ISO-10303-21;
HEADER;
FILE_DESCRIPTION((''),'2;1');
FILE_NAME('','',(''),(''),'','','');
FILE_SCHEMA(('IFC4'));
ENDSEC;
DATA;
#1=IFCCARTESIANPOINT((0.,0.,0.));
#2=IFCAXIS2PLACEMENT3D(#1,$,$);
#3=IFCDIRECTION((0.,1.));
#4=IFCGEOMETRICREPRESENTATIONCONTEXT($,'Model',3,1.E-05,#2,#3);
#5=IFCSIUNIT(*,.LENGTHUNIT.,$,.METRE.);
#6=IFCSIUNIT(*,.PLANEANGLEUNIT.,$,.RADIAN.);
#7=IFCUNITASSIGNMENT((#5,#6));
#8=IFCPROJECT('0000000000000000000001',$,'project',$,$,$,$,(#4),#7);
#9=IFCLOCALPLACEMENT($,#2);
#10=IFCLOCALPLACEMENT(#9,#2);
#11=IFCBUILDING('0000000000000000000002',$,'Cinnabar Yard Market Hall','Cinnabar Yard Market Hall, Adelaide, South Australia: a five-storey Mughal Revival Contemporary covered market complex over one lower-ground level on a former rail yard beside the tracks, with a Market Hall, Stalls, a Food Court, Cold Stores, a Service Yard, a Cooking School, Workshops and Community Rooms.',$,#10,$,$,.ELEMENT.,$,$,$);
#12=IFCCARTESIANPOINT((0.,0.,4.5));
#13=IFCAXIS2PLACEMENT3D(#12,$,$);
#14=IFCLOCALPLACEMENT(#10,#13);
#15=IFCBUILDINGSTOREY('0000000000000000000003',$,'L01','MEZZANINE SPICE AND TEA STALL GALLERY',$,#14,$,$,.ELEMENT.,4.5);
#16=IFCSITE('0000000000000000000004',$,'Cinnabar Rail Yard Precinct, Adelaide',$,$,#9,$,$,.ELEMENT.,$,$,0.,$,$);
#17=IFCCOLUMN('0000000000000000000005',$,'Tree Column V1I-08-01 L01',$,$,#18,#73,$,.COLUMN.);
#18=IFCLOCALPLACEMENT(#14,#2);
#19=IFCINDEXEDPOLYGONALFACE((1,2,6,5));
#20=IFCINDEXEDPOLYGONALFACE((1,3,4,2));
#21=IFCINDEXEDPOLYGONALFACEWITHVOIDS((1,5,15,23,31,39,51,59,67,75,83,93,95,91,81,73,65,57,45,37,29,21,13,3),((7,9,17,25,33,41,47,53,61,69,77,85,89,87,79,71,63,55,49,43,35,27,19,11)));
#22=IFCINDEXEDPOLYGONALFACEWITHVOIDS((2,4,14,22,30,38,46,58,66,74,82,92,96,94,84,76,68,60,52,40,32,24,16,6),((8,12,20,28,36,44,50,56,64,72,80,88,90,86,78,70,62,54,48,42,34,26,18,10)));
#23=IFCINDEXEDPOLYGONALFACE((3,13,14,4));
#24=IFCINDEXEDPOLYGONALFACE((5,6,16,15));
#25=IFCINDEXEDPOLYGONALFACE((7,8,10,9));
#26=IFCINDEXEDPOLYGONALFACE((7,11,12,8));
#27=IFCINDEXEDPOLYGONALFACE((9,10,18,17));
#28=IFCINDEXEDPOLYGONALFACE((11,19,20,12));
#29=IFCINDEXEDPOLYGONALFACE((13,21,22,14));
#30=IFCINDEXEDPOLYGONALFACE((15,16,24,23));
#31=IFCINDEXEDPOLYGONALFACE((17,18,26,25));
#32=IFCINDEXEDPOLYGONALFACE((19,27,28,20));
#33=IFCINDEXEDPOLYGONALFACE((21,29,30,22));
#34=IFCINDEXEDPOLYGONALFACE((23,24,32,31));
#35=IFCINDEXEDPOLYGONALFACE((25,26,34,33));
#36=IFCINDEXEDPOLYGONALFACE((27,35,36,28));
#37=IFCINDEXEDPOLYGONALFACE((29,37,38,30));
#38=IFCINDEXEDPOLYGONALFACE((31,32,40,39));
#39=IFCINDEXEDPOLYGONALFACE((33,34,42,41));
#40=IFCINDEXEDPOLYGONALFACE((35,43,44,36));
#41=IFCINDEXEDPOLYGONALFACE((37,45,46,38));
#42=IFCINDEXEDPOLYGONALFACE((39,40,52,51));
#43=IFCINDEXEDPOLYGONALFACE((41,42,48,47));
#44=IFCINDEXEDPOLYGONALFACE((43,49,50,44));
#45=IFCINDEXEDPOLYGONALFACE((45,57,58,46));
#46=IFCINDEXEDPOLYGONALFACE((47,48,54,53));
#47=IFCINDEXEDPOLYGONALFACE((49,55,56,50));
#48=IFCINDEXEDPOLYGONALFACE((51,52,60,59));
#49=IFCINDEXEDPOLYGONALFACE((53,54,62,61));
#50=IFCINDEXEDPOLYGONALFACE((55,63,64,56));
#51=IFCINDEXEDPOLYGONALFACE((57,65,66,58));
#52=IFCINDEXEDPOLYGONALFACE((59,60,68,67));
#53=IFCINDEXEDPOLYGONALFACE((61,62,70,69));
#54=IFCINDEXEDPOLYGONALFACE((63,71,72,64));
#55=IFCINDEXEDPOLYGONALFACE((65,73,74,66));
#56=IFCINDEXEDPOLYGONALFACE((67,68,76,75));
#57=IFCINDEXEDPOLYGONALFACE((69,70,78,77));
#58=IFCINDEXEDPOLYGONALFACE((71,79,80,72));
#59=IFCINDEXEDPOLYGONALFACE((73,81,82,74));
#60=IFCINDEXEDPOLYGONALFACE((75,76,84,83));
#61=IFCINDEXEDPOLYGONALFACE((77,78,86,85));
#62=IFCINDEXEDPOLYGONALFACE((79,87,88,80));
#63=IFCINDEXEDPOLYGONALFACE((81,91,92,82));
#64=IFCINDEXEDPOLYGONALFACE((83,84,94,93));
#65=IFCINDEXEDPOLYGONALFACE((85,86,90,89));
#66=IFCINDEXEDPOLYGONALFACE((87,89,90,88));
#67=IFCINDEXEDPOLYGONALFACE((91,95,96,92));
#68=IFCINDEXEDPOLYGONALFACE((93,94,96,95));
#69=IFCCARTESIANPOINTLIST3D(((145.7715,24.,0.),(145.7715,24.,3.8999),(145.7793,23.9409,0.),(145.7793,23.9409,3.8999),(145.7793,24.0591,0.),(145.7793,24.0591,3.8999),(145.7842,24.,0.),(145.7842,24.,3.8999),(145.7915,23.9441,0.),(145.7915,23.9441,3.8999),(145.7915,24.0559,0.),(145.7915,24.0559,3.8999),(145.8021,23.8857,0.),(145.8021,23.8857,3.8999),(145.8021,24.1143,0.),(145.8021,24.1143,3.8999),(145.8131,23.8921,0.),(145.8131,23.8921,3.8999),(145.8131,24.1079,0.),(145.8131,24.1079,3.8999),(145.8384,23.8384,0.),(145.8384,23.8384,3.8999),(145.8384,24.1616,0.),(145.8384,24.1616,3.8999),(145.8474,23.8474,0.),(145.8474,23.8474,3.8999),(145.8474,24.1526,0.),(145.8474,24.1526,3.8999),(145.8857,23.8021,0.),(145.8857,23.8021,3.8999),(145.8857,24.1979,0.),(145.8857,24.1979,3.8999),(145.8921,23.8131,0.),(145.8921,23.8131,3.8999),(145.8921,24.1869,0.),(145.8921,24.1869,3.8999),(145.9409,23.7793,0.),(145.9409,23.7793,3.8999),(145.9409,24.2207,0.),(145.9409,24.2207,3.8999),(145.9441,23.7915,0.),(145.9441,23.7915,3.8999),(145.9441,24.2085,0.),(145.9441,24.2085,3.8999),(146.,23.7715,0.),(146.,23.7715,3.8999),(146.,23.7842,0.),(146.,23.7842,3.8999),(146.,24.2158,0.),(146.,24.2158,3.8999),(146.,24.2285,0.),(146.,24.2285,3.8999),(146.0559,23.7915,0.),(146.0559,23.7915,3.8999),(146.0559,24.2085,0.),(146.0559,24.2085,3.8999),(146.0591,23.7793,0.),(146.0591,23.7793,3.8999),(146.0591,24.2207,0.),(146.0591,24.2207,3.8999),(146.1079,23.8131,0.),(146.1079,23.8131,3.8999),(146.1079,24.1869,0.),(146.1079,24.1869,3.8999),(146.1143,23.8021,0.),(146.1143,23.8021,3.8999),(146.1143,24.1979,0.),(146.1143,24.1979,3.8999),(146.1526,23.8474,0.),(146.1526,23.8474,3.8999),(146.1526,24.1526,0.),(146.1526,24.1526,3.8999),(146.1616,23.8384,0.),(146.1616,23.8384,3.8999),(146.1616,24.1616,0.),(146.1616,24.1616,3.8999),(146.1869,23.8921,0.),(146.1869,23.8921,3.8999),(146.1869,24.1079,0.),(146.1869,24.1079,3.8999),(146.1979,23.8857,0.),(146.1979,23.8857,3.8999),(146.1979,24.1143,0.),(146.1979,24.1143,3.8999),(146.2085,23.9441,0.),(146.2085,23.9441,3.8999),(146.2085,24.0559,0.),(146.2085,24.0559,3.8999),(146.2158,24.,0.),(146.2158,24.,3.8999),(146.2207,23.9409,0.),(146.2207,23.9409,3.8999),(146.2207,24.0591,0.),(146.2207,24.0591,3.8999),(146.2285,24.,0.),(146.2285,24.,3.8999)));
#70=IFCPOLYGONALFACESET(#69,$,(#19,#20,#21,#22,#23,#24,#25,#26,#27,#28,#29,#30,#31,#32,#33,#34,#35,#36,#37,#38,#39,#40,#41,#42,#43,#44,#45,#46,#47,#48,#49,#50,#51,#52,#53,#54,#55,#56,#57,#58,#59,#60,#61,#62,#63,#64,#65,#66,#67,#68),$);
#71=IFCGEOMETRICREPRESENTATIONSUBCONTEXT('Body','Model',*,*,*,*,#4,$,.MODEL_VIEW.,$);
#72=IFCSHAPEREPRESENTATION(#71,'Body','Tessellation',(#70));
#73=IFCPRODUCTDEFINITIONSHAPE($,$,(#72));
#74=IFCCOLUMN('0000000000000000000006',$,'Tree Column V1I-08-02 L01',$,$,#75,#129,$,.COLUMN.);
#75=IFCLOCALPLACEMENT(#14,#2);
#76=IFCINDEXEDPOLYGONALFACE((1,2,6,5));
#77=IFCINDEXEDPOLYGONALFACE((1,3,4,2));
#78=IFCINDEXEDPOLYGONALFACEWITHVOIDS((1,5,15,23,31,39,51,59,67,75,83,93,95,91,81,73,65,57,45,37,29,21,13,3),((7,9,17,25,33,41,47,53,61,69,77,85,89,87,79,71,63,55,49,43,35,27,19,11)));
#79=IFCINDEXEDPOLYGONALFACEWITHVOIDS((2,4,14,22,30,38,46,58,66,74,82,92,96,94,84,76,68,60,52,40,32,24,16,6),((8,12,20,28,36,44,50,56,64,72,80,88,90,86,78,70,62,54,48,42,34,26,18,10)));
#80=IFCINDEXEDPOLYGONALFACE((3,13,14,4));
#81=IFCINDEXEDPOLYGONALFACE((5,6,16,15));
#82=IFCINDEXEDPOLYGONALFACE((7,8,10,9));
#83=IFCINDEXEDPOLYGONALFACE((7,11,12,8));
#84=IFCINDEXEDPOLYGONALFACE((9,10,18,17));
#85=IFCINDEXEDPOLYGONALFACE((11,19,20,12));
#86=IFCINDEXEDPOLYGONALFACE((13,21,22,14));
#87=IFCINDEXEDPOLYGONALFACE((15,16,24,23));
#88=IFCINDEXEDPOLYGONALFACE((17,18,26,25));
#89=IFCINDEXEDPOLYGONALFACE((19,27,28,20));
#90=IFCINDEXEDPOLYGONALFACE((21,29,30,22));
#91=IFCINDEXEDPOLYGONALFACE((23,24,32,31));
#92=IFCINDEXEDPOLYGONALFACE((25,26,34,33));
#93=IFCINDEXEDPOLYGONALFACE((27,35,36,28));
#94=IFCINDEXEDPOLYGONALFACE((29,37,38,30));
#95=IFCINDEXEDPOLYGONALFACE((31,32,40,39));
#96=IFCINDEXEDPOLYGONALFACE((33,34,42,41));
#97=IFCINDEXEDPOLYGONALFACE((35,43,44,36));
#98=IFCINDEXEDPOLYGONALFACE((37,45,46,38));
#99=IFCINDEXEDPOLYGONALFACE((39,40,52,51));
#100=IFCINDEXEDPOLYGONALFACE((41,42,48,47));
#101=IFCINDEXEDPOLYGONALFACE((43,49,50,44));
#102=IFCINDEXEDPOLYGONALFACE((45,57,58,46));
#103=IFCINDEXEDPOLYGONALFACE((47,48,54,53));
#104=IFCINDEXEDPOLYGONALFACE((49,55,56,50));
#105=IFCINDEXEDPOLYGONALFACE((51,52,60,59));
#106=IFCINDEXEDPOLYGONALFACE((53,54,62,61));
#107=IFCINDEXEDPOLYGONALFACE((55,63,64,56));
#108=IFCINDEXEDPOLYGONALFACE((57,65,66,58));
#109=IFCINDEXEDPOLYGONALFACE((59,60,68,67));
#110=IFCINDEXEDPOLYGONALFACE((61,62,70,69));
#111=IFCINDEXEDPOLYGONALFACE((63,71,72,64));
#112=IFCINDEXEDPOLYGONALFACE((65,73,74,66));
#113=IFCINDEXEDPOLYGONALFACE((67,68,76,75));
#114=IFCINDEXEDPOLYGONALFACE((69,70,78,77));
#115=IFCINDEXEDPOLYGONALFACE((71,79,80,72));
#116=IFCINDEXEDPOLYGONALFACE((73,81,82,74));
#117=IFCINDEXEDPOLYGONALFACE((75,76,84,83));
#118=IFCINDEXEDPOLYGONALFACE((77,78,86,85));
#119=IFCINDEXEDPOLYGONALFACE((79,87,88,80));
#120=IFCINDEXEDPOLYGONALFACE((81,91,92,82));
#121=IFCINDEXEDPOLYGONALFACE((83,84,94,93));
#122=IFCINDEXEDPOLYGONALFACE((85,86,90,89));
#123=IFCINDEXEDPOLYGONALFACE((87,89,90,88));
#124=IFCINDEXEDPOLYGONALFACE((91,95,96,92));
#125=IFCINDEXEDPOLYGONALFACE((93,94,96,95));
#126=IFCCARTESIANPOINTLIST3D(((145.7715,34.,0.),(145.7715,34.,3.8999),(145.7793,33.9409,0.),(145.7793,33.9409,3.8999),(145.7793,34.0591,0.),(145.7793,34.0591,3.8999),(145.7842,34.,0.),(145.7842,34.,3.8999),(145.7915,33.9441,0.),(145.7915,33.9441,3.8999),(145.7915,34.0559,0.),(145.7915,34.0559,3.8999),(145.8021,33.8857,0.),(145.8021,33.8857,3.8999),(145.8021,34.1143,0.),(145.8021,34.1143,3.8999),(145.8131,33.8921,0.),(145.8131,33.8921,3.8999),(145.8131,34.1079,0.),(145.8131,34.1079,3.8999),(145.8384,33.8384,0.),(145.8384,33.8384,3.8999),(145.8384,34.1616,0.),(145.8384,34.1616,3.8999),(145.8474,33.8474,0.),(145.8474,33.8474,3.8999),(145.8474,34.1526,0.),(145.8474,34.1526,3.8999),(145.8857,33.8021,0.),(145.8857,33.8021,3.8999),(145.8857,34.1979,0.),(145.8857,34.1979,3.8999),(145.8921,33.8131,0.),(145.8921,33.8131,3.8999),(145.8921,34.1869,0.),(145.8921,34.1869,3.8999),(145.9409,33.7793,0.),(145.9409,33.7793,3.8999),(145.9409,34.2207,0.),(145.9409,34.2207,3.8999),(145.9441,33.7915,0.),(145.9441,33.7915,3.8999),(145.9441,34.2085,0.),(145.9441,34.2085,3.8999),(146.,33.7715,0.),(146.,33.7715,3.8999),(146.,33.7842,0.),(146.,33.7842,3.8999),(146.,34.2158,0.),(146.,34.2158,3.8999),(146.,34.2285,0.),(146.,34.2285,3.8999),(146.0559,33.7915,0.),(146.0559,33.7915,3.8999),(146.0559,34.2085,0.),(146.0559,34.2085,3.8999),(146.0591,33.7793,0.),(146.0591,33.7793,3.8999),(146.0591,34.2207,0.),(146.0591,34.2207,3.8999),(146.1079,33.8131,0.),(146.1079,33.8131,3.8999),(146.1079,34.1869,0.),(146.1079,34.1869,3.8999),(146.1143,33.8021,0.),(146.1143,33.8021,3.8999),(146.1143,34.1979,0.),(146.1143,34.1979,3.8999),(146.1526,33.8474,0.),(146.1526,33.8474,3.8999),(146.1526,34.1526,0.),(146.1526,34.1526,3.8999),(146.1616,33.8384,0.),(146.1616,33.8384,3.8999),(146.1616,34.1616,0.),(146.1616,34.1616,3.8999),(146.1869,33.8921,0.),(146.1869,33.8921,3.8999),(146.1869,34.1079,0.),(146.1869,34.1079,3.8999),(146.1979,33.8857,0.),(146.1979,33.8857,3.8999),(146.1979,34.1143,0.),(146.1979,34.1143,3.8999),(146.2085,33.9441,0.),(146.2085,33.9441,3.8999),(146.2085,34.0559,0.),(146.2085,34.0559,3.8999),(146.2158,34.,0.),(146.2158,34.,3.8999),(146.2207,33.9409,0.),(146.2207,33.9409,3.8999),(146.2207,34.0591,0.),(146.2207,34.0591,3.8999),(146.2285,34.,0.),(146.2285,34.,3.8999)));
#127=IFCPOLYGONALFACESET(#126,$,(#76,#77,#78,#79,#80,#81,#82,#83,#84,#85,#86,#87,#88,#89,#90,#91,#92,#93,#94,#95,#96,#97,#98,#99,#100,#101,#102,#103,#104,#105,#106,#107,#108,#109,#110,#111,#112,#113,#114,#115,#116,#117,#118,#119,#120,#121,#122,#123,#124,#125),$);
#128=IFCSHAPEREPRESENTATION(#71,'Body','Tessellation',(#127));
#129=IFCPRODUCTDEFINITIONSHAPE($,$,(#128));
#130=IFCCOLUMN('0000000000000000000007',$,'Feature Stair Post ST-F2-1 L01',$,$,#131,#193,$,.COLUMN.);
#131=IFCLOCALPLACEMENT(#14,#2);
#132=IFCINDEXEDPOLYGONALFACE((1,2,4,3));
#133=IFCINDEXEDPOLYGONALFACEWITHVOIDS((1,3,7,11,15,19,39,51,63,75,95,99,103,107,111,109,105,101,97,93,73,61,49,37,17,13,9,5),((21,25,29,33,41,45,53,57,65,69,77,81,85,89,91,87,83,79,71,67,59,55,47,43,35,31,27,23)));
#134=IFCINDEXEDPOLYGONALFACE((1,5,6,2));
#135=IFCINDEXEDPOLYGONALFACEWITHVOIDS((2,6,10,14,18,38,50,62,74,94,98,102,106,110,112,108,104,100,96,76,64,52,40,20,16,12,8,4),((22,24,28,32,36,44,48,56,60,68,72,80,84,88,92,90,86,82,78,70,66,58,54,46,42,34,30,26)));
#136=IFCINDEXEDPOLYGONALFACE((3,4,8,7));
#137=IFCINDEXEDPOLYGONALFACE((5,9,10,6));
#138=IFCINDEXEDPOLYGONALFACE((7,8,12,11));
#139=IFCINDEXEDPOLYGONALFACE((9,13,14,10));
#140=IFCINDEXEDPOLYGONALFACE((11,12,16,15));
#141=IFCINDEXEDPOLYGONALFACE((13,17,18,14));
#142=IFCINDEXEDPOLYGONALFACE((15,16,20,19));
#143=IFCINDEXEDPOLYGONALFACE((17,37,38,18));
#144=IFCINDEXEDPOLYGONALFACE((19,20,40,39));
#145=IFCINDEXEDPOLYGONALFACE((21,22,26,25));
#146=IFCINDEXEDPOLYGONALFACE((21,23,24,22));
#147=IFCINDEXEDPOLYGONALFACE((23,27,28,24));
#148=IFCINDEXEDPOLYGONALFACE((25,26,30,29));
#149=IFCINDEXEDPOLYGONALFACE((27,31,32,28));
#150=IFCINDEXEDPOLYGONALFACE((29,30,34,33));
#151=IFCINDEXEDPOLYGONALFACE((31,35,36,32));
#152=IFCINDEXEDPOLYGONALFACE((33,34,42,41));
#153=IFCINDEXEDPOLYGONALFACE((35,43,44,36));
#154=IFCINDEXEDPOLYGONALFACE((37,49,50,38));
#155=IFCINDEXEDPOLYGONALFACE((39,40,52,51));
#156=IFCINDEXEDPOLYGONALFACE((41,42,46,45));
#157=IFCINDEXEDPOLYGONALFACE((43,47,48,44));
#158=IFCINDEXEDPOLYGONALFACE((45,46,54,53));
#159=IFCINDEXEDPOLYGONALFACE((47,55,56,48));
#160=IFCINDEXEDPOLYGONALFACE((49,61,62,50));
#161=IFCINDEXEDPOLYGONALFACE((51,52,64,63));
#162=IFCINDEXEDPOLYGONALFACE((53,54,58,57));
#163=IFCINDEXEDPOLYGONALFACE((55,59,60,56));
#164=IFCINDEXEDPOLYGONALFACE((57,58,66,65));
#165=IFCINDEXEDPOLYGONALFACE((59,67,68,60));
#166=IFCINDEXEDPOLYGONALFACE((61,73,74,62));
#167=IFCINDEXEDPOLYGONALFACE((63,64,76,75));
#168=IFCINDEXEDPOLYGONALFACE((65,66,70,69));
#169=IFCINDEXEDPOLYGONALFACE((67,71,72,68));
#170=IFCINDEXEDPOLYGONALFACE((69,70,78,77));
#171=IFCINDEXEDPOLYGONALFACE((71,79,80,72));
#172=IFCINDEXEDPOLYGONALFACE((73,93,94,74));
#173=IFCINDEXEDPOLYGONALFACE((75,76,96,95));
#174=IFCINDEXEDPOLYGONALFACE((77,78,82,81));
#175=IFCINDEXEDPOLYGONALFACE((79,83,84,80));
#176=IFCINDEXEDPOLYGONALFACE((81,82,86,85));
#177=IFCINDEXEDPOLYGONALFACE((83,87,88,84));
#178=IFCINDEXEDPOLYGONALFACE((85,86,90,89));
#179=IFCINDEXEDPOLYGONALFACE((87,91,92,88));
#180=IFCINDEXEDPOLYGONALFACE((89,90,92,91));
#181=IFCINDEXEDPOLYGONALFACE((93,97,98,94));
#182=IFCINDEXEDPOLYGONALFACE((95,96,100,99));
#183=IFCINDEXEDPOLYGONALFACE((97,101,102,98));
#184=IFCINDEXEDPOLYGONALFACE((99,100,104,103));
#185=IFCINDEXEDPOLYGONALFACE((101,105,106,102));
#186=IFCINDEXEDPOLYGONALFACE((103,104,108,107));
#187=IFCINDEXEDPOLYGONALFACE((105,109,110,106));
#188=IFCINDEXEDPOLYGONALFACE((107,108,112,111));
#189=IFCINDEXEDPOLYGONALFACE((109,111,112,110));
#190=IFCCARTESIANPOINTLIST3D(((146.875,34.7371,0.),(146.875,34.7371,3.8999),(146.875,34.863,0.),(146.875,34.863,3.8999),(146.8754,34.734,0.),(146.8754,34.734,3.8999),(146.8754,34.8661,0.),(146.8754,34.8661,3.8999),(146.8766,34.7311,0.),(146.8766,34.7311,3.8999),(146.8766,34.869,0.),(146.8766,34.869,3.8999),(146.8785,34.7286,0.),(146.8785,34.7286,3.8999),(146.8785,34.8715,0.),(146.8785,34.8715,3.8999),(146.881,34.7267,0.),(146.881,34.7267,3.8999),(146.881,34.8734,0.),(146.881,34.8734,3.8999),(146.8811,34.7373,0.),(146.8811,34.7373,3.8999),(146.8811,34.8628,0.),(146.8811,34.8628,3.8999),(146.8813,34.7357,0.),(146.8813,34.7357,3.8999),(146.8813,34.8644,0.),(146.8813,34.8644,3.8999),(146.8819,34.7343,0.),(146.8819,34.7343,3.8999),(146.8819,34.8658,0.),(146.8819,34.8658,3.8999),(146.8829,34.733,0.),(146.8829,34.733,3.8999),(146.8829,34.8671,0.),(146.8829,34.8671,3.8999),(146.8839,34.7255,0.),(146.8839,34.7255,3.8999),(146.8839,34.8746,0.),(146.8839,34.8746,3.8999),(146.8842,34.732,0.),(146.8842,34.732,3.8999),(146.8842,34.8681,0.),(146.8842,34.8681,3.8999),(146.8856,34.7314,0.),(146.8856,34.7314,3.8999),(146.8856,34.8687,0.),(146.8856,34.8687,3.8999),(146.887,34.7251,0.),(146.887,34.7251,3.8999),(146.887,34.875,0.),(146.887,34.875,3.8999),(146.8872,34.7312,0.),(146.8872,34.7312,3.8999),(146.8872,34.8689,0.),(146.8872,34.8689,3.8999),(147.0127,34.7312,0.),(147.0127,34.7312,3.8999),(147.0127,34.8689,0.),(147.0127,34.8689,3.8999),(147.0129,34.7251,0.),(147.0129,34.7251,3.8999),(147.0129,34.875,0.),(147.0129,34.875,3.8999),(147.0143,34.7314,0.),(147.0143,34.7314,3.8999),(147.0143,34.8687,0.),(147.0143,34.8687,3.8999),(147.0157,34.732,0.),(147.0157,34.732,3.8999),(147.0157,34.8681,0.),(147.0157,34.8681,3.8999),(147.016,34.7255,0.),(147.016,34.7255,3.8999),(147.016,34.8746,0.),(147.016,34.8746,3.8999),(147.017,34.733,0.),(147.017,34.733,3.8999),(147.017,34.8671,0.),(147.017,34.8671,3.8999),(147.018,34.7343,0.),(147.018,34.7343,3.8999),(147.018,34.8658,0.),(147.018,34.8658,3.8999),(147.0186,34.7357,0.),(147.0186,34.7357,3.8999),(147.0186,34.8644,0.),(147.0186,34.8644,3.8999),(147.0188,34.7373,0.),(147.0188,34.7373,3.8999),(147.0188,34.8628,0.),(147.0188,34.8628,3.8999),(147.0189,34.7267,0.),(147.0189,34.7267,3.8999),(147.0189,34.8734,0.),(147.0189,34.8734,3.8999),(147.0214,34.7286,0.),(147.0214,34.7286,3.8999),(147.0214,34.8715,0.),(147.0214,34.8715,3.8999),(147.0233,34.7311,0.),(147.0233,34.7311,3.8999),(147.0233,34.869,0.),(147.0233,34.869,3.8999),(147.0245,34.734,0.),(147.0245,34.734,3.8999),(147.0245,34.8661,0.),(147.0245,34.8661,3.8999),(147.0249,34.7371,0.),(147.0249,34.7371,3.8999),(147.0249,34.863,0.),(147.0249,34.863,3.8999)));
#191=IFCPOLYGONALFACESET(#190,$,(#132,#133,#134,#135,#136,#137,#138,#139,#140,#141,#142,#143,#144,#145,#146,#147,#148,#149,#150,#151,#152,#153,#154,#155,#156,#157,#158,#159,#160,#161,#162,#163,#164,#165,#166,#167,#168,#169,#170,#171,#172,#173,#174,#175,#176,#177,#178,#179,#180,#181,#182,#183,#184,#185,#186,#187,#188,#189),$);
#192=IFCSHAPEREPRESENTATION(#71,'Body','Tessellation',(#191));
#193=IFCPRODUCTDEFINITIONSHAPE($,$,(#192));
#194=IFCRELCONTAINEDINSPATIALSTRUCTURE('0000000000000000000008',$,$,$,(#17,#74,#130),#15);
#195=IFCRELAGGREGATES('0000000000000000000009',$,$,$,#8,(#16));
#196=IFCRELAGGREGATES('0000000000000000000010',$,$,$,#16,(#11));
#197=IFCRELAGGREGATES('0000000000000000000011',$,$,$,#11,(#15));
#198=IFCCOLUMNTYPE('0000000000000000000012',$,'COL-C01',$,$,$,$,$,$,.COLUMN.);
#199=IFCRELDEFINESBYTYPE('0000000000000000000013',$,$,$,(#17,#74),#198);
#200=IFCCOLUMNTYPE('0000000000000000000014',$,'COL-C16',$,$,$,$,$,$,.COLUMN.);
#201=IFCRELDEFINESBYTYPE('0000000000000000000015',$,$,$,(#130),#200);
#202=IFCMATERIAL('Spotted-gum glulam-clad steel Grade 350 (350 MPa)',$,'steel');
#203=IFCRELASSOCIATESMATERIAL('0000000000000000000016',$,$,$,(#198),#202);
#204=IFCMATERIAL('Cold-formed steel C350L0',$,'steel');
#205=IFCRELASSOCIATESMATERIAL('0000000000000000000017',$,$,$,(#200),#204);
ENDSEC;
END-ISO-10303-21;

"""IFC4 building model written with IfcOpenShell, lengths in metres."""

from ifc_helpers import new_model, si_unit, direction, frame, origin, origin_2d_with_axis, place, context, subcontext, project, spatial, hollow_rectangle, hollow_circle, extrude, material, material_profile, profile_set, type_object, element, save


model = new_model("IFC4")

# Units and contexts
model_context = context("Model", 3, precision=1e-05, world=origin(), true_north=direction((0.0, 1.0)))
body_context = subcontext(model_context, "Body", "Model", "MODEL_VIEW")
ifc_project = project(units=[si_unit("LENGTHUNIT", "METRE"), si_unit("PLANEANGLEUNIT", "RADIAN")], contexts=[model_context])

# Site, building, storey
site_placement = place(None, origin())
site = spatial("IfcSite", under=ifc_project, at=site_placement, Name="Cinnabar Rail Yard Precinct, Adelaide", CompositionType="ELEMENT", RefElevation=0.0)
building_placement = place(site_placement, origin())
building = spatial("IfcBuilding", under=site, at=building_placement, Name="Cinnabar Yard Market Hall", Description="Cinnabar Yard Market Hall, Adelaide, South Australia: a five-storey Mughal Revival Contemporary covered market complex over one lower-ground level on a former rail yard beside the tracks, with a Market Hall, Stalls, a Food Court, Cold Stores, a Service Yard, a Cooking School, Workshops and Community Rooms.", CompositionType="ELEMENT")
storey_placement = place(building_placement, frame((0.0, 0.0, 4.5)))
storey = spatial("IfcBuildingStorey", under=building, at=storey_placement, Name="L01", Description="MEZZANINE SPICE AND TEA STALL GALLERY", CompositionType="ELEMENT", Elevation=4.5)

# Columns
ifc_material_1 = material(Name="Spotted-gum glulam-clad steel Grade 350 (350 MPa)", Category="steel")
ifc_material_profile_1 = material_profile(ifc_material_1, hollow_circle(Radius=0.2285, WallThickness=0.0127, at=origin_2d_with_axis()), Name="457.0x12.7CHS")
ifc_profile_set_1 = profile_set([ifc_material_profile_1], Name="Spotted-gum glulam-clad steel Grade 350 (350 MPa)")
column_type_1 = type_object("IfcColumnType", Name="COL-C01", PredefinedType="COLUMN", material=ifc_profile_set_1)
for number, where, z_axis, x_axis, name in (
    (1, (146.0, 24.0, 0.0), (0.0, 0.0, 1.0), (1.0, 0.0, 0.0), "Tree Column V1I-08-01 L01"),
    (2, (146.0, 34.0, 0.0), (0.0, 0.0, 1.0), (1.0, 0.0, 0.0), "Tree Column V1I-08-02 L01"),
):
    element("IfcColumn", number, at=place(storey_placement, frame(where, z_axis=z_axis, x_axis=x_axis)), inside=storey, type_object=column_type_1, Name=name, PredefinedType="COLUMN", context=body_context, shape_type="SweptSolid", body=[
        extrude(hollow_circle(Radius=0.2285, WallThickness=0.0127, at=origin_2d_with_axis()), origin(), (0.0, 0.0, 1.0), 3.8999),
    ])
ifc_material_2 = material(Name="Cold-formed steel C350L0", Category="steel")
ifc_material_profile_2 = material_profile(ifc_material_2, hollow_rectangle(XDim=0.1499, YDim=0.1499, WallThickness=0.0061, InnerFilletRadius=0.0061, OuterFilletRadius=0.012, at=origin_2d_with_axis()), Name="150x150x6.0SHS")
ifc_profile_set_2 = profile_set([ifc_material_profile_2], Name="Cold-formed steel C350L0")
column_type_2 = type_object("IfcColumnType", Name="COL-C16", PredefinedType="COLUMN", material=ifc_profile_set_2)
for number, where, z_axis, x_axis, name in (
    (3, (146.95, 34.8, 0.0), (0.0, 0.0, 1.0), (1.0, 0.0, 0.0), "Feature Stair Post ST-F2-1 L01"),
):
    element("IfcColumn", number, at=place(storey_placement, frame(where, z_axis=z_axis, x_axis=x_axis)), inside=storey, type_object=column_type_2, Name=name, PredefinedType="COLUMN", context=body_context, shape_type="SweptSolid", body=[
        extrude(hollow_rectangle(XDim=0.1499, YDim=0.1499, WallThickness=0.0061, InnerFilletRadius=0.0061, OuterFilletRadius=0.012, at=origin_2d_with_axis()), origin(), (0.0, 0.0, 1.0), 3.8999),
    ])

save(model, "model.ifc")
